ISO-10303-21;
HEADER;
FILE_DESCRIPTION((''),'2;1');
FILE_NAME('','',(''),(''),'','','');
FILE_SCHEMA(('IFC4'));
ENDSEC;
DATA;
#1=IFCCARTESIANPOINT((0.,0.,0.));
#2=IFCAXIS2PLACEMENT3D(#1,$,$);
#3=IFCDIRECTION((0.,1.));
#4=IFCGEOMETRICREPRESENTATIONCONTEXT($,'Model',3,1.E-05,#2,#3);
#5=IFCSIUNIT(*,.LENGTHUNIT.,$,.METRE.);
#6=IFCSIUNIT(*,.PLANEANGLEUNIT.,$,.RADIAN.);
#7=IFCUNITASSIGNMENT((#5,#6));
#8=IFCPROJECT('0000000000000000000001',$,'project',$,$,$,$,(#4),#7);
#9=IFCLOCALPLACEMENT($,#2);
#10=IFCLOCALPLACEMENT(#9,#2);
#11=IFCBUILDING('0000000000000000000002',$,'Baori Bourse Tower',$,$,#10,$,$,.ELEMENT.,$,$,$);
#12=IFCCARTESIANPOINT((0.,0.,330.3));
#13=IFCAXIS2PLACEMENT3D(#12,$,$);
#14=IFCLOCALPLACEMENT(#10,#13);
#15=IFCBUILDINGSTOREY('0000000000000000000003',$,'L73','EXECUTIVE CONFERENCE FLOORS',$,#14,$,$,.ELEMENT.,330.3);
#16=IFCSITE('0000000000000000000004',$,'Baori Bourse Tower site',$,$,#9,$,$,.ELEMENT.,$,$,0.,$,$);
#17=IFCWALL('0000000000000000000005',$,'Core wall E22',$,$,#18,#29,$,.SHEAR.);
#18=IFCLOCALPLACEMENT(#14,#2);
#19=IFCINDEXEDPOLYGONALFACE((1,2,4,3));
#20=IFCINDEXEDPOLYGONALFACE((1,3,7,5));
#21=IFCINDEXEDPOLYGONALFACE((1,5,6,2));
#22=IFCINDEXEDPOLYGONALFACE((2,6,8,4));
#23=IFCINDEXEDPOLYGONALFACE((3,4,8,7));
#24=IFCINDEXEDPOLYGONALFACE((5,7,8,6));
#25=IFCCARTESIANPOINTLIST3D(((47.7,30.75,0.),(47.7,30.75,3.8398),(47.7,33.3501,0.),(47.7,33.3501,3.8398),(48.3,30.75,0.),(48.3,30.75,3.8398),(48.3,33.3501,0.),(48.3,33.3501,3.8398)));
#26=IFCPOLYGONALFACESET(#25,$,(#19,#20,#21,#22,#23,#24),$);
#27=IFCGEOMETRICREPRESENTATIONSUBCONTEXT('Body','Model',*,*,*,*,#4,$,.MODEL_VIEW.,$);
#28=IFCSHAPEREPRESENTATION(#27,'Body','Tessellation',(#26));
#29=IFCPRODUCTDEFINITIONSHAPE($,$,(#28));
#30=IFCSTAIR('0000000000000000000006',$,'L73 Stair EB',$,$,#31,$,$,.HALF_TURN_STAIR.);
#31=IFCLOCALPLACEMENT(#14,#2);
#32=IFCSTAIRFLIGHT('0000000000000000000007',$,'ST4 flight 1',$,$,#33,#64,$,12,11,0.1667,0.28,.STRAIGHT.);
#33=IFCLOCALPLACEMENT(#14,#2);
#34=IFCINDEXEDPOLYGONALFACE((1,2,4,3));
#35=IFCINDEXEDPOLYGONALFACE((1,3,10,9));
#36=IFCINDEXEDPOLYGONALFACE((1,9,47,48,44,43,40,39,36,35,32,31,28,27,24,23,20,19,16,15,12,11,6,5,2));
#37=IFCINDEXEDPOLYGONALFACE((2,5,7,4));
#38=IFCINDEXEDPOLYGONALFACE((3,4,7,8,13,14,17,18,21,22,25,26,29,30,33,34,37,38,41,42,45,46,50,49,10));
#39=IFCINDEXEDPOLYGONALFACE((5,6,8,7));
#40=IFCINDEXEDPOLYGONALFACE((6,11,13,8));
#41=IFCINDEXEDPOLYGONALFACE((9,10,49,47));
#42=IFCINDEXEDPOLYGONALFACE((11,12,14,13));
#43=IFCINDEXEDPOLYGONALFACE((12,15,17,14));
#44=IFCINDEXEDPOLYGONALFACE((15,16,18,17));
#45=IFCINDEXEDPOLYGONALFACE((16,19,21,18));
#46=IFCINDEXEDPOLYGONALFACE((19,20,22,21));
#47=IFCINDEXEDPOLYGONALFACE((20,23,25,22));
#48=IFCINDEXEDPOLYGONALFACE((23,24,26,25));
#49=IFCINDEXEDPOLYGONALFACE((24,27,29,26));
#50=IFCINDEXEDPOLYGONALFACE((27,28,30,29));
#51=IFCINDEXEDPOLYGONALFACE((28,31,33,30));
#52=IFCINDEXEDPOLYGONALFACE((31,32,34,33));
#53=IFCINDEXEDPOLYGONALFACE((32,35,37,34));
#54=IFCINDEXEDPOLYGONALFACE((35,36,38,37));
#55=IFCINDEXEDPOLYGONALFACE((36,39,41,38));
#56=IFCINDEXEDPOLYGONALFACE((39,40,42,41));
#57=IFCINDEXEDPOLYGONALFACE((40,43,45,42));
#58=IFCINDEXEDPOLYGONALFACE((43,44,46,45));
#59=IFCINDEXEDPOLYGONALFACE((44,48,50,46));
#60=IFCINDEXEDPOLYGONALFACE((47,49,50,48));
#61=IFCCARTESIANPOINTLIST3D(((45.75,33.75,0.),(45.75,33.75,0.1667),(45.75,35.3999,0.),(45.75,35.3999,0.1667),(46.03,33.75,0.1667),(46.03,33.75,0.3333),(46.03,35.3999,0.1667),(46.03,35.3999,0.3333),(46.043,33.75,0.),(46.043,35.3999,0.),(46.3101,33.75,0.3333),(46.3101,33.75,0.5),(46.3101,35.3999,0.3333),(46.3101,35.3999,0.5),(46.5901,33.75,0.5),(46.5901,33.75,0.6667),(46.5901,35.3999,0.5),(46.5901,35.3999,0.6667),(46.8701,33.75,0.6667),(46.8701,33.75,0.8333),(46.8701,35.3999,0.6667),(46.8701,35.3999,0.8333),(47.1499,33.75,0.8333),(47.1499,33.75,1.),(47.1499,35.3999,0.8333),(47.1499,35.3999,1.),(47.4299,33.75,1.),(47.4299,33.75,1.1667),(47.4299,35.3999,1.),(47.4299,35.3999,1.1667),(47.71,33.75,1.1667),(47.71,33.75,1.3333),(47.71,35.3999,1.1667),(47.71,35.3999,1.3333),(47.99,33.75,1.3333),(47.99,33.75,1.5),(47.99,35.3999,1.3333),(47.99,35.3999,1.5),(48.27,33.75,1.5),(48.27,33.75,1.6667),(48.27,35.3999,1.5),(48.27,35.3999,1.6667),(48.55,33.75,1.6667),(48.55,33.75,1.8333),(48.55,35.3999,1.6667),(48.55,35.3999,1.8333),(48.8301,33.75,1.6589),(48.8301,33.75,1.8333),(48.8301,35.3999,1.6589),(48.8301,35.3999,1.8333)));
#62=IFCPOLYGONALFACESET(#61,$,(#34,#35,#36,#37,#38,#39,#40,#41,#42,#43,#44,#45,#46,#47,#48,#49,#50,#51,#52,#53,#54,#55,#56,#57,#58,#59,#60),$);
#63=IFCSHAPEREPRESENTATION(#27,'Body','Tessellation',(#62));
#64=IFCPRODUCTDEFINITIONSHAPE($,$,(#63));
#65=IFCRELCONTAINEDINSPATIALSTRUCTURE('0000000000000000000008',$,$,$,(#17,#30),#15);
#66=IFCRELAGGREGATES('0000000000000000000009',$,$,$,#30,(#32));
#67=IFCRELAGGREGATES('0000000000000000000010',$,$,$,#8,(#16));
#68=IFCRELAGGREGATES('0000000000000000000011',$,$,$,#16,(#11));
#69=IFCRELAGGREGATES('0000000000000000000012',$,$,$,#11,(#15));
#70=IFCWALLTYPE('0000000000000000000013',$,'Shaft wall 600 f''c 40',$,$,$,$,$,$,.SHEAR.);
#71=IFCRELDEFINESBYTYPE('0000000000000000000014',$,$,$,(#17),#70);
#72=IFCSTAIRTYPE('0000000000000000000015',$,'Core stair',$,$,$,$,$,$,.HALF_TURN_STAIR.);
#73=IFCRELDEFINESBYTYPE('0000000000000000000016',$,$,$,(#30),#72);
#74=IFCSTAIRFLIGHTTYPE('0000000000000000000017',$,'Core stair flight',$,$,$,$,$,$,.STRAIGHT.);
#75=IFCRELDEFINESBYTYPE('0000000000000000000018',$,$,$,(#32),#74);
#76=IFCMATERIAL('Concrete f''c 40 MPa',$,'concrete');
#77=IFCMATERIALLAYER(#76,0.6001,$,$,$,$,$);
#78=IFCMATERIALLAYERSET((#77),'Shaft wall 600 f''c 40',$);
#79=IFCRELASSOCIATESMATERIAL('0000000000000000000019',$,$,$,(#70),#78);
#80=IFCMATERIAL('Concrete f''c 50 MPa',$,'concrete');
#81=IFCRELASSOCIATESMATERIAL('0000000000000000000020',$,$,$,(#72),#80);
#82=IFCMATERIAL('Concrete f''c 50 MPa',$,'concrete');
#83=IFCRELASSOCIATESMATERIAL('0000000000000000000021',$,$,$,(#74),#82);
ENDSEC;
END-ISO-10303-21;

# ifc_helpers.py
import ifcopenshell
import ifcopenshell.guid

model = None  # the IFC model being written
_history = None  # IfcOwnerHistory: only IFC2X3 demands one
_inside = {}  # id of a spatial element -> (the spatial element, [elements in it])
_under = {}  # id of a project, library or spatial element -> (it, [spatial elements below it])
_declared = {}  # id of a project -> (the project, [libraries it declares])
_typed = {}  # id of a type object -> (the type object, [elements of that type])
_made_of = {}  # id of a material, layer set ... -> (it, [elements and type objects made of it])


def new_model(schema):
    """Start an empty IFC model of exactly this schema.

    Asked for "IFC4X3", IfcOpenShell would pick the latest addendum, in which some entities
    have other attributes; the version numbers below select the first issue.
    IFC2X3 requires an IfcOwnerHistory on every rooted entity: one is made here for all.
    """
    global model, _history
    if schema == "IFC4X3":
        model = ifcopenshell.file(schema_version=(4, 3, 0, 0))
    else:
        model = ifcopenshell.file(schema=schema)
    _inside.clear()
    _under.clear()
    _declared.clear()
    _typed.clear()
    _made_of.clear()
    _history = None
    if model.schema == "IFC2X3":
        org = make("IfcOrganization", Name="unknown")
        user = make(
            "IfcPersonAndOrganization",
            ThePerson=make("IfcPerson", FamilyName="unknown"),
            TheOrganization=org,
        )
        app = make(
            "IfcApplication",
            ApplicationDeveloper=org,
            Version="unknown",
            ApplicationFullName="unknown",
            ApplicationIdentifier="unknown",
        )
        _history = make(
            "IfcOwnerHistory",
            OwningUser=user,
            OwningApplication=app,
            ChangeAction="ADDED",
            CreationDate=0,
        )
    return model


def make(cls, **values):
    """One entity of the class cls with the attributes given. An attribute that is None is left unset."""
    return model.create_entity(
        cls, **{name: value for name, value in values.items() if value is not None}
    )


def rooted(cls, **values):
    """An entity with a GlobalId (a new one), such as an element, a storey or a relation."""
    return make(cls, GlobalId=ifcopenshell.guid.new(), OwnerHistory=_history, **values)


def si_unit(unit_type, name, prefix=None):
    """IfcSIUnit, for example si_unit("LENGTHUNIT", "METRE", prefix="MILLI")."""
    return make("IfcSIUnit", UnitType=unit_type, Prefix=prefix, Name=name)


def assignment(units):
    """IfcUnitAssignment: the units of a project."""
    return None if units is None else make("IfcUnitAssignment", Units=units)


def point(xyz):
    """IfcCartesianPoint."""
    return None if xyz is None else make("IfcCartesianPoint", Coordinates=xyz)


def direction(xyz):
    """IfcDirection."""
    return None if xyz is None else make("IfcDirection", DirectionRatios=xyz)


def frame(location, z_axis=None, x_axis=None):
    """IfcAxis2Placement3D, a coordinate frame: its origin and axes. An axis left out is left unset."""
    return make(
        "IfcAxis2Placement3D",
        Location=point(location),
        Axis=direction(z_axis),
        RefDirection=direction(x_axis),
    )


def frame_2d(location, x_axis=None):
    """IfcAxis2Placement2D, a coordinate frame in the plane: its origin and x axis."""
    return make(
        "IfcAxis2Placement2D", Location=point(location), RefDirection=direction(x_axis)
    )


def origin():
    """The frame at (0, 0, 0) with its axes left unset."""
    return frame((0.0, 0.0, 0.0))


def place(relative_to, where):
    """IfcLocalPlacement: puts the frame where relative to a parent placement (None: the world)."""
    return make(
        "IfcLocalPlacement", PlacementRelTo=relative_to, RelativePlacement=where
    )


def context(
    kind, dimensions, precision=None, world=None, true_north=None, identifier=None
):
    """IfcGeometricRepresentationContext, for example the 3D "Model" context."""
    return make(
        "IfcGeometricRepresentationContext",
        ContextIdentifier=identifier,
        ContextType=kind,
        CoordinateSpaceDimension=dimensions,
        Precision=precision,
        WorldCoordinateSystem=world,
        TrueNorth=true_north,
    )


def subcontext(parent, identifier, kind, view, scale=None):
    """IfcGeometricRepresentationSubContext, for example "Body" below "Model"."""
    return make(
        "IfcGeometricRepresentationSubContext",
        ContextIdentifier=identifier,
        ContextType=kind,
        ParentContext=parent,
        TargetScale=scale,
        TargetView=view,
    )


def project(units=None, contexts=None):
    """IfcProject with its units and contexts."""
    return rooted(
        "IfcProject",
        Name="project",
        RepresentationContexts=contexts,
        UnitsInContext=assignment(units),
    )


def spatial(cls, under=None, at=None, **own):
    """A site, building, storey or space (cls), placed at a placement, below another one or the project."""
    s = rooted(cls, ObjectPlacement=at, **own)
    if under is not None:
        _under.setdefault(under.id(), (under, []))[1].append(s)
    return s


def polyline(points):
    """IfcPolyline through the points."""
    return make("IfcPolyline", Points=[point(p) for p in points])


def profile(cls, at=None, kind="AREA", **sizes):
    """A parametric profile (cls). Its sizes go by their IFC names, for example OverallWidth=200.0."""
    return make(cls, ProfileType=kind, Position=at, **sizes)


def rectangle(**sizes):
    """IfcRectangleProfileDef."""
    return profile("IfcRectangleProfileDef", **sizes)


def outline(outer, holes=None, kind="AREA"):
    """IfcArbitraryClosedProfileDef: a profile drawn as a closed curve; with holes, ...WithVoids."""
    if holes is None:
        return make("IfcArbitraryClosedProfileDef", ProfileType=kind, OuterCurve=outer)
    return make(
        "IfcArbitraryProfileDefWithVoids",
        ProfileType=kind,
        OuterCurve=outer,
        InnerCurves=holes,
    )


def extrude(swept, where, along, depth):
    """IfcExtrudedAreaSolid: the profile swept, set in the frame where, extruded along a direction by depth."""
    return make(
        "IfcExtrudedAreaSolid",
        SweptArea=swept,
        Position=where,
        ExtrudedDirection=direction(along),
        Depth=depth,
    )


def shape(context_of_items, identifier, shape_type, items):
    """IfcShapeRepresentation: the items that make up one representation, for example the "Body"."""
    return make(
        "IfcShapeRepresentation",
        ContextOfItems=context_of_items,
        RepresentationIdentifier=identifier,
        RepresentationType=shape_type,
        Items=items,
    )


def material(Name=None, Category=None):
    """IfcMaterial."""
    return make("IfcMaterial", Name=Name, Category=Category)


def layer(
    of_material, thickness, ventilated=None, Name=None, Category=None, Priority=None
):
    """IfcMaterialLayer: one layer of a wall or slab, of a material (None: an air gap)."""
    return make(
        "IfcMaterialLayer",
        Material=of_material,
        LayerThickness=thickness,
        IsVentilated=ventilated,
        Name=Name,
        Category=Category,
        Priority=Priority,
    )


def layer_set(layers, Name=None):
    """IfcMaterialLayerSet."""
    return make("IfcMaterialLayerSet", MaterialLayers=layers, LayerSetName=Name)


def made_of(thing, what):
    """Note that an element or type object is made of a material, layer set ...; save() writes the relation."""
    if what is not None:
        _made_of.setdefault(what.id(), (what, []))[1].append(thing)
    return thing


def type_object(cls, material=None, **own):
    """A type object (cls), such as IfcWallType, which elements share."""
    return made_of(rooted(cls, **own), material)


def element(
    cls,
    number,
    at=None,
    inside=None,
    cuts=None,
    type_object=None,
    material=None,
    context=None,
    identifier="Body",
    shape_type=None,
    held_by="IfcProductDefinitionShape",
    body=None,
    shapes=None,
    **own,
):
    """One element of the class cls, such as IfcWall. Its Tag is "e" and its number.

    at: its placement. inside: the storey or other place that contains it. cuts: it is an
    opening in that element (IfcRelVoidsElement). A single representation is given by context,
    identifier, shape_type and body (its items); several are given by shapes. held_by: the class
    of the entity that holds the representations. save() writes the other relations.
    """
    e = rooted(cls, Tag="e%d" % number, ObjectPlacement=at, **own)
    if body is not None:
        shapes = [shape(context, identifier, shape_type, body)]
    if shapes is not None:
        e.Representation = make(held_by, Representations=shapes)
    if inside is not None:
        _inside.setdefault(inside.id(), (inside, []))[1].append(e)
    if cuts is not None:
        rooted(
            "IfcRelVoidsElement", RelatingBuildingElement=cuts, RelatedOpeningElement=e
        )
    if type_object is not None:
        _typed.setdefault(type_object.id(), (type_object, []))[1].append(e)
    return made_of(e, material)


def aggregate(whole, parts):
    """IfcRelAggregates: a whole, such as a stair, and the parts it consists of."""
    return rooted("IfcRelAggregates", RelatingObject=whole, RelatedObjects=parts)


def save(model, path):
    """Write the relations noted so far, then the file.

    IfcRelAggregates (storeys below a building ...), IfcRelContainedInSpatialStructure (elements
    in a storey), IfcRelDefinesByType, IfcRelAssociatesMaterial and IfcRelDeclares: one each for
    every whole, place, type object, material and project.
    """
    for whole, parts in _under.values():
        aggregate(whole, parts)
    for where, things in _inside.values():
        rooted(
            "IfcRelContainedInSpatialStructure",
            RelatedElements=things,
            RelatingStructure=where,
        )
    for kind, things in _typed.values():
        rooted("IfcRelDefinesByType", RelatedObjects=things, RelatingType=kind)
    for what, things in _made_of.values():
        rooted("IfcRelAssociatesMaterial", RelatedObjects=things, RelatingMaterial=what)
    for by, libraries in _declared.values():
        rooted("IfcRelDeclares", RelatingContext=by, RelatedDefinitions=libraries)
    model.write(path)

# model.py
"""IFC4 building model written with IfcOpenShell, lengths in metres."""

from ifc_helpers import new_model, si_unit, direction, frame, frame_2d, origin, place, context, subcontext, project, spatial, polyline, rectangle, outline, extrude, material, layer, layer_set, type_object, element, aggregate, save


model = new_model("IFC4")

# Units and contexts
model_context = context("Model", 3, precision=1e-05, world=origin(), true_north=direction((0.0, 1.0)))
body_context = subcontext(model_context, "Body", "Model", "MODEL_VIEW")
ifc_project = project(units=[si_unit("LENGTHUNIT", "METRE"), si_unit("PLANEANGLEUNIT", "RADIAN")], contexts=[model_context])

# Site, building, storey
site_placement = place(None, origin())
site = spatial("IfcSite", under=ifc_project, at=site_placement, Name="Baori Bourse Tower site", CompositionType="ELEMENT", RefElevation=0.0)
building_placement = place(site_placement, origin())
building = spatial("IfcBuilding", under=site, at=building_placement, Name="Baori Bourse Tower", CompositionType="ELEMENT")
storey_placement = place(building_placement, frame((0.0, 0.0, 330.3)))
storey = spatial("IfcBuildingStorey", under=building, at=storey_placement, Name="L73", Description="EXECUTIVE CONFERENCE FLOORS", CompositionType="ELEMENT", Elevation=330.3)

# Wall
ifc_material_1 = material(Name="Concrete f'c 40 MPa", Category="concrete")
ifc_layer_1 = layer(ifc_material_1, 0.6001)
ifc_layer_set_1 = layer_set([ifc_layer_1], Name="Shaft wall 600 f'c 40")
wall_type_1 = type_object("IfcWallType", Name="Shaft wall 600 f'c 40", PredefinedType="SHEAR", material=ifc_layer_set_1)
for number, where, z_axis, x_axis, name in (
    (1, (48.0, 30.75, 0.0), (0.0, 0.0, 1.0), (0.0, 1.0, 0.0), "Core wall E22"),
):
    element("IfcWall", number, at=place(storey_placement, frame(where, z_axis=z_axis, x_axis=x_axis)), inside=storey, type_object=wall_type_1, Name=name, PredefinedType="SHEAR", context=body_context, shape_type="SweptSolid", body=[
        extrude(rectangle(XDim=2.6001, YDim=0.6001, at=frame_2d((1.3, 0.0))), origin(), (0.0, 0.0, 1.0), 3.8398),
    ])

# Stair, stair flight
ifc_material_2 = material(Name="Concrete f'c 50 MPa", Category="concrete")
stair_type = type_object("IfcStairType", Name="Core stair", PredefinedType="HALF_TURN_STAIR", material=ifc_material_2)
stair_placement = place(storey_placement, origin())
stair = element("IfcStair", 2, at=stair_placement, inside=storey, type_object=stair_type, Name="L73 Stair EB", PredefinedType="HALF_TURN_STAIR")
ifc_material_3 = material(Name="Concrete f'c 50 MPa", Category="concrete")
stair_flight_type = type_object("IfcStairFlightType", Name="Core stair flight", PredefinedType="STRAIGHT", material=ifc_material_3)
stair_flight_placement = place(storey_placement, frame((45.75, 34.575, 0.0), z_axis=(0.0, 0.0, 1.0), x_axis=(1.0, 0.0, 0.0)))
stair_flight = element("IfcStairFlight", 3, at=stair_flight_placement, type_object=stair_flight_type, Name="ST4 flight 1", NumberOfRisers=12, NumberOfTreads=11, PredefinedType="STRAIGHT", RiserHeight=0.1667, TreadLength=0.28, context=body_context, shape_type="SweptSolid", body=[
    extrude(outline(polyline([(0.0, 0.0), (0.0, 0.1667), (0.28, 0.1667), (0.28, 0.3333), (0.5601, 0.3333), (0.5601, 0.5), (0.8401, 0.5), (0.8401, 0.6667), (1.1201, 0.6667), (1.1201, 0.8333), (1.3999, 0.8333), (1.3999, 1.0), (1.6799, 1.0), (1.6799, 1.1667), (1.96, 1.1667), (1.96, 1.3333), (2.24, 1.3333), (2.24, 1.5), (2.52, 1.5), (2.52, 1.6667), (2.8, 1.6667), (2.8, 1.8333), (3.0801, 1.8333), (3.0801, 2.0), (3.0801, 1.6589), (0.293, 0.0), (0.0, 0.0)])), frame((0.0, 0.825, 0.0), z_axis=(0.0, -1.0, 0.0), x_axis=(1.0, 0.0, 0.0)), (0.0, 0.0, 1.0), 1.6499),
])
aggregate(stair, [stair_flight])

save(model, "model.ifc")
